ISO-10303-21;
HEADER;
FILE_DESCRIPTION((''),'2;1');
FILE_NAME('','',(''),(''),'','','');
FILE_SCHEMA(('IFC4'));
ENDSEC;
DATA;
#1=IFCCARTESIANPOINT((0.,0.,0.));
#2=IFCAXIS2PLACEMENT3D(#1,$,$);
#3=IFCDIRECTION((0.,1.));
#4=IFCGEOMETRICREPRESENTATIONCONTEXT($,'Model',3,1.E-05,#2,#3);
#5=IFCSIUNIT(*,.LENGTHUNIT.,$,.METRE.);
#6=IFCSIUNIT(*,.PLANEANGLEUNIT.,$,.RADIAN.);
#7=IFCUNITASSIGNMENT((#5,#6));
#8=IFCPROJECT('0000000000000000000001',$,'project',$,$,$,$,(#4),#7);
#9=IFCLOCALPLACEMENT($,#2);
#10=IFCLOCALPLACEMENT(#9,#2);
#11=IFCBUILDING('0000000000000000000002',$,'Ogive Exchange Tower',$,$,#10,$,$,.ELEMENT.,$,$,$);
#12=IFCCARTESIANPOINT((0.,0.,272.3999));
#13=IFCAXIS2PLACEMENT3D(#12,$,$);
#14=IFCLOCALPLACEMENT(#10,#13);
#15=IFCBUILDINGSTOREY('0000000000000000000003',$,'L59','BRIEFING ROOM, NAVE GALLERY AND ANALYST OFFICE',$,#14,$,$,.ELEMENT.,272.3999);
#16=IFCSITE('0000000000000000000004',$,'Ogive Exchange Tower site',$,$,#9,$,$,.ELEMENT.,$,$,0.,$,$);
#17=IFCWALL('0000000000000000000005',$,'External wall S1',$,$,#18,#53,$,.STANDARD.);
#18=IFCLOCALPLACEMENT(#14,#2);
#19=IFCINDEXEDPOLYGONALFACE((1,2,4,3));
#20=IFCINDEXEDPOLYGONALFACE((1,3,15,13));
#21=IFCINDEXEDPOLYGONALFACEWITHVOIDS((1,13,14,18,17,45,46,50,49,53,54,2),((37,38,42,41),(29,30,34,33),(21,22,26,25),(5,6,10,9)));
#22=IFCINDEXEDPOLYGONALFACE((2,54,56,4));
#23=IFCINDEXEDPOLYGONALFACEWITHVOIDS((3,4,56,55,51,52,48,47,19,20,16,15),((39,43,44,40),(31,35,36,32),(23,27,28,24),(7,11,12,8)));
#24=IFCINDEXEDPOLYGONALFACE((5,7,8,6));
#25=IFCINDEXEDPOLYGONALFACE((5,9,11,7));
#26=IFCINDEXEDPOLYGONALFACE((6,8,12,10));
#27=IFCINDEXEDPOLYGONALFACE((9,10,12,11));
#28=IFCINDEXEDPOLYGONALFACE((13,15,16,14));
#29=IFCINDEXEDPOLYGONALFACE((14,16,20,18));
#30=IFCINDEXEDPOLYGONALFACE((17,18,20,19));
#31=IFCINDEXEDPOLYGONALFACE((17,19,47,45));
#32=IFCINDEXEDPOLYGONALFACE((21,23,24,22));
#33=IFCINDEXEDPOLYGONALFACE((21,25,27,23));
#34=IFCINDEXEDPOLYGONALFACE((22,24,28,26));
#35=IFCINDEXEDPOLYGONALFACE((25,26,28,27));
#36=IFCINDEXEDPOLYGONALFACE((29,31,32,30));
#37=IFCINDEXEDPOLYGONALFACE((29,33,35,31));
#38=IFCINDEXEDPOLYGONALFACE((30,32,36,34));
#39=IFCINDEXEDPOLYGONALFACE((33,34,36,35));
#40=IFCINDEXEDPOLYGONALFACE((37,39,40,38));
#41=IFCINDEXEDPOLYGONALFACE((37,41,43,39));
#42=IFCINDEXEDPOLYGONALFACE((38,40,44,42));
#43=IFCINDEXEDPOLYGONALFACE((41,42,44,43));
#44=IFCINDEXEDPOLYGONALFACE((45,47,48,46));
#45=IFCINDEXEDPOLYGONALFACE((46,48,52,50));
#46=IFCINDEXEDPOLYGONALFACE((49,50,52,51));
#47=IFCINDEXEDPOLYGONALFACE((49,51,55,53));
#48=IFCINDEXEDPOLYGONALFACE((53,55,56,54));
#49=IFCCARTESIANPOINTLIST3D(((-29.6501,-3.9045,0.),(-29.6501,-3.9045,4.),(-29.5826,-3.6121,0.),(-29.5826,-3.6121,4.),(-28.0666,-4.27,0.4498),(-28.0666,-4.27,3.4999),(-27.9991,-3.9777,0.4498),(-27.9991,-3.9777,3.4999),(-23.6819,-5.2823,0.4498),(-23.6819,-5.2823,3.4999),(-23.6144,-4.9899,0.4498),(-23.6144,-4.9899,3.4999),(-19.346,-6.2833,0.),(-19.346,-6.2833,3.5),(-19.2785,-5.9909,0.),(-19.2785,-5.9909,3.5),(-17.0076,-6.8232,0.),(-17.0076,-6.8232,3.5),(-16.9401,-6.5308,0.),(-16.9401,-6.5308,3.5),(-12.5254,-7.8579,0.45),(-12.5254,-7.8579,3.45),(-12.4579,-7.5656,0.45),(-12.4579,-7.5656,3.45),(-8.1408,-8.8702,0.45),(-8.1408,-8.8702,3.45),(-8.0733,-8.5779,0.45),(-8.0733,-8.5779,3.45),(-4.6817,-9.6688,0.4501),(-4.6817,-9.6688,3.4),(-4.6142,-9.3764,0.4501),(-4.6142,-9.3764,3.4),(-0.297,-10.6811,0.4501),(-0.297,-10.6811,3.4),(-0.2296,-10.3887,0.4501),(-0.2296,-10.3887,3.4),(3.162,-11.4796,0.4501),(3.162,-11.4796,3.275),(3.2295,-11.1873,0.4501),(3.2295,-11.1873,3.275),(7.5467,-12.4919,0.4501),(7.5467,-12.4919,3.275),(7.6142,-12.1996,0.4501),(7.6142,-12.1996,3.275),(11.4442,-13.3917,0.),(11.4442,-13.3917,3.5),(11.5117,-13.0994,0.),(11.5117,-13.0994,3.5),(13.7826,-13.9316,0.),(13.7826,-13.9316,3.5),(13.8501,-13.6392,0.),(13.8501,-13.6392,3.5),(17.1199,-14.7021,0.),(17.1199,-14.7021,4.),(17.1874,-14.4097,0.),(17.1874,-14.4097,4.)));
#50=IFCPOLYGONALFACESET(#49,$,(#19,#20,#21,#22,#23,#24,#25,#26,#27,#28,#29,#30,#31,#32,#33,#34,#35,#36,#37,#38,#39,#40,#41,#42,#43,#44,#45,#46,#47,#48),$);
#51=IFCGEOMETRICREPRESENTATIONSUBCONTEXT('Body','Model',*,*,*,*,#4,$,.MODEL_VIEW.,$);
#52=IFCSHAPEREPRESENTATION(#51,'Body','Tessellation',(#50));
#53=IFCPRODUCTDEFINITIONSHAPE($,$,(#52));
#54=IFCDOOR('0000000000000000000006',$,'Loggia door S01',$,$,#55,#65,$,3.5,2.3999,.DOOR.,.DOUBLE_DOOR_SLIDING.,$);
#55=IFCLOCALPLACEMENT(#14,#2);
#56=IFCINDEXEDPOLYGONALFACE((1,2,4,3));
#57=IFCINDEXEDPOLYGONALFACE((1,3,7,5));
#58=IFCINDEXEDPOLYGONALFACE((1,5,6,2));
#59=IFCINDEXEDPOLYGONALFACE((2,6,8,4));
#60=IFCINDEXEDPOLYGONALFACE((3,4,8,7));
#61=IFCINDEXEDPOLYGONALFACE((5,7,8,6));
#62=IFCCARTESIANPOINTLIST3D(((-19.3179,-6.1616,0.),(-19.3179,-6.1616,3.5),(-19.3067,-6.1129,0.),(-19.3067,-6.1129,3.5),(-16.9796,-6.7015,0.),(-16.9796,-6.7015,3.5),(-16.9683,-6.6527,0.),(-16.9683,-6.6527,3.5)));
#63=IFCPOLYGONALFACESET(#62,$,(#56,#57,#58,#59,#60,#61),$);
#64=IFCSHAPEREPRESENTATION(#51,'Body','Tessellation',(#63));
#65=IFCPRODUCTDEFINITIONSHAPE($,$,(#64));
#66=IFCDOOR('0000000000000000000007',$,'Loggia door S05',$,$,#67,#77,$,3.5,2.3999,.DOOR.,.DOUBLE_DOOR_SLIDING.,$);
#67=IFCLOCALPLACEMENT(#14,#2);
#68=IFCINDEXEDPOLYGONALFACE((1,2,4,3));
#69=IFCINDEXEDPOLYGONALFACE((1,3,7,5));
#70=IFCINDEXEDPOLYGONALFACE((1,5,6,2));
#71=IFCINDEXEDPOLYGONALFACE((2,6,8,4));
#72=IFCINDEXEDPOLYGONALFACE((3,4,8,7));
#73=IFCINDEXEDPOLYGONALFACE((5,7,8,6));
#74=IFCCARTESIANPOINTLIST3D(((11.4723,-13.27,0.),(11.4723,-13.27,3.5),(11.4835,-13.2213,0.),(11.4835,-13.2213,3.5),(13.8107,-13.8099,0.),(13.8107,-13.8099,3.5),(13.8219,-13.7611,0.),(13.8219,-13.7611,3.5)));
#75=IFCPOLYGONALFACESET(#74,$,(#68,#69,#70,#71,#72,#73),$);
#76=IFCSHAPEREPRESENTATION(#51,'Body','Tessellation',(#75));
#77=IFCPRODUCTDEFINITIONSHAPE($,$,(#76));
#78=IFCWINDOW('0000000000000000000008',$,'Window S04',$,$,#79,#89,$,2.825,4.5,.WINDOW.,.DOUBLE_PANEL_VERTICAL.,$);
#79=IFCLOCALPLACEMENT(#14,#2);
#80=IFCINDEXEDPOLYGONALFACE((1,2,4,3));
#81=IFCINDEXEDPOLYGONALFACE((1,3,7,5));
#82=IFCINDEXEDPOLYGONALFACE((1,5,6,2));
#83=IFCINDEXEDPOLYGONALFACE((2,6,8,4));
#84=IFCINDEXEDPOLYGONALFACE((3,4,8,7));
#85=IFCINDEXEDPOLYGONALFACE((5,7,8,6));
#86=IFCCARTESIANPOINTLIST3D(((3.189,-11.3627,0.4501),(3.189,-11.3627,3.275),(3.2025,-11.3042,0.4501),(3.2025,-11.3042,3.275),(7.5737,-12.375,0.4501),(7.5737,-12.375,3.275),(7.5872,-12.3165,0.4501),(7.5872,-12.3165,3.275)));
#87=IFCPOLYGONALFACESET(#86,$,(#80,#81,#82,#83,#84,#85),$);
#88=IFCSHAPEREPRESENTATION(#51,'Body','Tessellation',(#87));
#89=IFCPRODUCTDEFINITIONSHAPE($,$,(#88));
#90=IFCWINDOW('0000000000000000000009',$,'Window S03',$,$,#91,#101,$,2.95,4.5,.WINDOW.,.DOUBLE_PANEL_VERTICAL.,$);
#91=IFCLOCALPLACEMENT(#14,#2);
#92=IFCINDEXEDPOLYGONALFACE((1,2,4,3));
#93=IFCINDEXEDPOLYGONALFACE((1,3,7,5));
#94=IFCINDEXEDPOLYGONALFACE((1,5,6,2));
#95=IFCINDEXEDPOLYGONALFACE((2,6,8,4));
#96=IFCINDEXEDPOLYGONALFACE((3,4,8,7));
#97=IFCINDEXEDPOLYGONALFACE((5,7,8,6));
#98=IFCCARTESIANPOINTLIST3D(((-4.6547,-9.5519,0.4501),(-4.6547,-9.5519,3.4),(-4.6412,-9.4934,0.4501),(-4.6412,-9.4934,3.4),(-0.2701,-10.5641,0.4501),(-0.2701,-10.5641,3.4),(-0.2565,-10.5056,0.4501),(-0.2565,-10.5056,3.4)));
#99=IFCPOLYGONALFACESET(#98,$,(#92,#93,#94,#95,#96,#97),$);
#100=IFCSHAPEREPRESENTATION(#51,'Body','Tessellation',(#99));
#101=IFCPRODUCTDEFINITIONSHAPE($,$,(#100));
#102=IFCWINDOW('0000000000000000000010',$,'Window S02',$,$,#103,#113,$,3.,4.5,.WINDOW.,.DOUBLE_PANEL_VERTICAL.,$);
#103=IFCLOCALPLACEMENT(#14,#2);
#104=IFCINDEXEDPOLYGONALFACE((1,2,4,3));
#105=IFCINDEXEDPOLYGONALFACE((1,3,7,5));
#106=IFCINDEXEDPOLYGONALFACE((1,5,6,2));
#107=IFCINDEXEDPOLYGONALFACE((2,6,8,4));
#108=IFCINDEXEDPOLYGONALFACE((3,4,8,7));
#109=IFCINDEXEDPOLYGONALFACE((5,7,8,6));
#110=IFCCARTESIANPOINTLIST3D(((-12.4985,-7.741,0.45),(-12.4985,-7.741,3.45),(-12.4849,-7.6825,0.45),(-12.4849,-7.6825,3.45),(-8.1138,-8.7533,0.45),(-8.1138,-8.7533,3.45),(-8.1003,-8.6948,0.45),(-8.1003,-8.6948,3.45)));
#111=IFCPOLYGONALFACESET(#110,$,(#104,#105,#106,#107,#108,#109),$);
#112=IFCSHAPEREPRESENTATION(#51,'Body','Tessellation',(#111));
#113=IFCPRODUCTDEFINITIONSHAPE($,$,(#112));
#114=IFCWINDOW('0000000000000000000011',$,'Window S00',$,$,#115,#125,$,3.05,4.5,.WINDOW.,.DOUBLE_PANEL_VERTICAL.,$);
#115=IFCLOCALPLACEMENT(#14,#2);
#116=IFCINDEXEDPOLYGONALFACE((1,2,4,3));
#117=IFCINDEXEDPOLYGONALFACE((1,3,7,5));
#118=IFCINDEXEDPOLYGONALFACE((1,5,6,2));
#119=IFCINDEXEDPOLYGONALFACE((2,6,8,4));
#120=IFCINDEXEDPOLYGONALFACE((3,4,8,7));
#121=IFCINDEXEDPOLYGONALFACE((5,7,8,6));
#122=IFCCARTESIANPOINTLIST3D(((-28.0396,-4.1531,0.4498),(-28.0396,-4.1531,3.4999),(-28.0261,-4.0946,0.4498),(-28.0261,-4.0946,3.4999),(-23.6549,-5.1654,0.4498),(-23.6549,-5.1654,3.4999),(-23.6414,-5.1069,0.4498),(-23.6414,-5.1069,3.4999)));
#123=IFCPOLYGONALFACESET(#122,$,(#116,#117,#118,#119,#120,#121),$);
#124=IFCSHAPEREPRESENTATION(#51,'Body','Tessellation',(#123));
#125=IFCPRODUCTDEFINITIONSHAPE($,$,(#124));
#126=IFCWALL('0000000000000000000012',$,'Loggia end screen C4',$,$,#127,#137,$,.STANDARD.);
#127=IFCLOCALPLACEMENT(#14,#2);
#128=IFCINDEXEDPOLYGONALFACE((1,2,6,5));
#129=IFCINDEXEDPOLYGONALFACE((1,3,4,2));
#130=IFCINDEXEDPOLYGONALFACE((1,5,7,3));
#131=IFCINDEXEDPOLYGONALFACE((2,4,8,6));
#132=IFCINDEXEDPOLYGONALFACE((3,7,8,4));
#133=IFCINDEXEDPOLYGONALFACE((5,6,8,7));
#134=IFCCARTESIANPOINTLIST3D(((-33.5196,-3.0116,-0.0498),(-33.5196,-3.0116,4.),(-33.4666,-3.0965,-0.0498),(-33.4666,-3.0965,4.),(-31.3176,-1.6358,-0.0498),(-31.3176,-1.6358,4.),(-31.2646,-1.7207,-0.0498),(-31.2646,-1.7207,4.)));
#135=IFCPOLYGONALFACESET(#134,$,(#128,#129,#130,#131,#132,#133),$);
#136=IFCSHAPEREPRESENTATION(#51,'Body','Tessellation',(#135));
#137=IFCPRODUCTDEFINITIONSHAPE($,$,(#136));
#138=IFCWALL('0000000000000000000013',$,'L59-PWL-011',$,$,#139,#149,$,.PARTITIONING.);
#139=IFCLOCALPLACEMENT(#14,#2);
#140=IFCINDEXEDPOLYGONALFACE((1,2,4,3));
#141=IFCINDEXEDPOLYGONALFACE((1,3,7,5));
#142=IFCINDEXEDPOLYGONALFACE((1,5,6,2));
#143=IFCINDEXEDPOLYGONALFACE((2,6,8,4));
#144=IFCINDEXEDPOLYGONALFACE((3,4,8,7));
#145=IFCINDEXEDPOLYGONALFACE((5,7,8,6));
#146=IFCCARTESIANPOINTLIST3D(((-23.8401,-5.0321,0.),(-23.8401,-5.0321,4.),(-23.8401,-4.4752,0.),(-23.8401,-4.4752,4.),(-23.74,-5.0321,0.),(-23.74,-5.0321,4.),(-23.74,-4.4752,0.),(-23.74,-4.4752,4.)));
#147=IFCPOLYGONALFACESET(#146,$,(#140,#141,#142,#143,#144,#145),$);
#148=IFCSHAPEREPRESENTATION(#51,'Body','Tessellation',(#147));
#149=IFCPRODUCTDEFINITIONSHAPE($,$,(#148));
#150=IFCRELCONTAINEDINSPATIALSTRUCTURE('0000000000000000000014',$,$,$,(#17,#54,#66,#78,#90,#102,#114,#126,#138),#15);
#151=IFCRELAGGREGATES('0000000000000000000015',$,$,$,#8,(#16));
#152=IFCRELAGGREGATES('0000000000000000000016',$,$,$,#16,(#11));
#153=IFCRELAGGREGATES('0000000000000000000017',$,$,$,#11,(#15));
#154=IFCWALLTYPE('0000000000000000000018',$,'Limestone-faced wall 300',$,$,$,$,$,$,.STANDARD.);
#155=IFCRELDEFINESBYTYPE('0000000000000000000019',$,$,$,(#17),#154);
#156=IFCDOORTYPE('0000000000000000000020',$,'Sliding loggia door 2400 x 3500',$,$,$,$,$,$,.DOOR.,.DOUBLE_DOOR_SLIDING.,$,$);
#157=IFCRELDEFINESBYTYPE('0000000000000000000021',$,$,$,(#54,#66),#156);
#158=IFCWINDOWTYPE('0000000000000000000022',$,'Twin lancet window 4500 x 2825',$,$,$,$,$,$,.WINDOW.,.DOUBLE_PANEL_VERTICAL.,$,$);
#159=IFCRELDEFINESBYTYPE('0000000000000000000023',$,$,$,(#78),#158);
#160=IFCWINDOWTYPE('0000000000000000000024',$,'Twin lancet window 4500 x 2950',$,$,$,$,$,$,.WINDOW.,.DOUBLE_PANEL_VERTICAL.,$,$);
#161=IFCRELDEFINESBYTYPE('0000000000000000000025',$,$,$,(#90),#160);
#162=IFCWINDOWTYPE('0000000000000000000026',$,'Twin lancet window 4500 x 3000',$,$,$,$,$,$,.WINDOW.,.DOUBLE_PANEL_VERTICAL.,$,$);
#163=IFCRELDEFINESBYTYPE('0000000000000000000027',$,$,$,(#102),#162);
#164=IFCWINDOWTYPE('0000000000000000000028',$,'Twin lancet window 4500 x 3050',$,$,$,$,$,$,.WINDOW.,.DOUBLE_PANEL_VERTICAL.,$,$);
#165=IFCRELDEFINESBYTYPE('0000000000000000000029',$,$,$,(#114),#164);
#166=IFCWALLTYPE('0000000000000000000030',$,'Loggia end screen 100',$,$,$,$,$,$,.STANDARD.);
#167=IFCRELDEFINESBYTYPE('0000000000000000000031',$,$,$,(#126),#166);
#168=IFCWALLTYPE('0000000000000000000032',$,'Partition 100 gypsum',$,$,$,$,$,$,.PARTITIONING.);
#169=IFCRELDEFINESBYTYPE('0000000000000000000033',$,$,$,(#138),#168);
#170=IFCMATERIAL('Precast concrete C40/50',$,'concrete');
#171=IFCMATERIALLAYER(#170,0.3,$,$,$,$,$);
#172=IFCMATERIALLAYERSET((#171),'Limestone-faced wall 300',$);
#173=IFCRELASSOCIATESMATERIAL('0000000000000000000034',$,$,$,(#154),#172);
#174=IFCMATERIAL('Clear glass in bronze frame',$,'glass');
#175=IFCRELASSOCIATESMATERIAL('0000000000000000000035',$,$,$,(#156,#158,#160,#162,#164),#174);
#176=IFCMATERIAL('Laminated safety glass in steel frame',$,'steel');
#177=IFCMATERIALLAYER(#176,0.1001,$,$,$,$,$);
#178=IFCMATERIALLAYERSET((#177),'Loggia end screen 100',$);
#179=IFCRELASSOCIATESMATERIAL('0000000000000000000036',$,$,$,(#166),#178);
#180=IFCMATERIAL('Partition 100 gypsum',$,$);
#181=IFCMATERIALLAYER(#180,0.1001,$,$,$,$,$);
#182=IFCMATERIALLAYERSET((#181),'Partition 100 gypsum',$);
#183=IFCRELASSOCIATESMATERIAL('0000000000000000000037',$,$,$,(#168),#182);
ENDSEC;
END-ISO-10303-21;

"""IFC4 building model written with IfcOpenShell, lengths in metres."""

from ifc_helpers import new_model, si_unit, direction, frame, frame_2d, origin, place, context, subcontext, project, spatial, rectangle, extrude, material, layer, layer_set, type_object, element, fill, save


model = new_model("IFC4")

# Units and contexts
model_context = context("Model", 3, precision=1e-05, world=origin(), true_north=direction((0.0, 1.0)))
body_context = subcontext(model_context, "Body", "Model", "MODEL_VIEW")
ifc_project = project(units=[si_unit("LENGTHUNIT", "METRE"), si_unit("PLANEANGLEUNIT", "RADIAN")], contexts=[model_context])

# Site, building, storey
site_placement = place(None, origin())
site = spatial("IfcSite", under=ifc_project, at=site_placement, Name="Ogive Exchange Tower site", CompositionType="ELEMENT", RefElevation=0.0)
building_placement = place(site_placement, origin())
building = spatial("IfcBuilding", under=site, at=building_placement, Name="Ogive Exchange Tower", CompositionType="ELEMENT")
storey_placement = place(building_placement, frame((0.0, 0.0, 272.3999)))
storey = spatial("IfcBuildingStorey", under=building, at=storey_placement, Name="L59", Description="BRIEFING ROOM, NAVE GALLERY AND ANALYST OFFICE", CompositionType="ELEMENT", Elevation=272.3999)

# Wall, openings, doors, windows
ifc_material_1 = material(Name="Precast concrete C40/50", Category="concrete")
ifc_layer_1 = layer(ifc_material_1, 0.3)
ifc_layer_set_1 = layer_set([ifc_layer_1], Name="Limestone-faced wall 300")
wall_type_1 = type_object("IfcWallType", Name="Limestone-faced wall 300", PredefinedType="STANDARD", material=ifc_layer_set_1)
wall_1_placement = place(storey_placement, frame((-29.6162, -3.7583, 0.0), z_axis=(0.0, 0.0, 1.0), x_axis=(0.974371, -0.224949, 0.0)))
wall_1 = element("IfcWall", 1, at=wall_1_placement, inside=storey, type_object=wall_type_1, Name="External wall S1", PredefinedType="STANDARD", context=body_context, shape_type="SweptSolid", body=[
    extrude(rectangle(XDim=48.0002, YDim=0.3, at=frame_2d((24.0, 0.0))), origin(), (0.0, 0.0, 1.0), 4.0),
])
opening_1_placement = place(wall_1_placement, frame((1.625, 0.0, 0.45)))
opening_1 = element("IfcOpeningElement", 2, at=opening_1_placement, cuts=wall_1, PredefinedType="OPENING", context=body_context, shape_type="SweptSolid", body=[
    extrude(rectangle(XDim=4.5, YDim=3.05, at=frame_2d((2.25, 1.5249))), frame((0.0, 0.1599, 0.0), z_axis=(0.0, -1.0, 0.0), x_axis=(1.0, 0.0, 0.0)), (0.0, 0.0, 1.0), 0.3201),
])
opening_2_placement = place(wall_1_placement, frame((10.575, 0.0, 0.0)))
opening_2 = element("IfcOpeningElement", 3, at=opening_2_placement, cuts=wall_1, PredefinedType="OPENING", context=body_context, shape_type="SweptSolid", body=[
    extrude(rectangle(XDim=2.3999, YDim=3.5, at=frame_2d((1.2, 1.75))), frame((0.0, 0.1599, 0.0), z_axis=(0.0, -1.0, 0.0), x_axis=(1.0, 0.0, 0.0)), (0.0, 0.0, 1.0), 0.3201),
])
opening_3_placement = place(wall_1_placement, frame((17.575, 0.0, 0.45)))
opening_3 = element("IfcOpeningElement", 4, at=opening_3_placement, cuts=wall_1, PredefinedType="OPENING", context=body_context, shape_type="SweptSolid", body=[
    extrude(rectangle(XDim=4.5, YDim=3.0, at=frame_2d((2.25, 1.5))), frame((0.0, 0.1599, 0.0), z_axis=(0.0, -1.0, 0.0), x_axis=(1.0, 0.0, 0.0)), (0.0, 0.0, 1.0), 0.3201),
])
opening_4_placement = place(wall_1_placement, frame((25.625, 0.0, 0.45)))
opening_4 = element("IfcOpeningElement", 5, at=opening_4_placement, cuts=wall_1, PredefinedType="OPENING", context=body_context, shape_type="SweptSolid", body=[
    extrude(rectangle(XDim=4.5, YDim=2.95, at=frame_2d((2.25, 1.4751))), frame((0.0, 0.1599, 0.0), z_axis=(0.0, -1.0, 0.0), x_axis=(1.0, 0.0, 0.0)), (0.0, 0.0, 1.0), 0.3201),
])
opening_5_placement = place(wall_1_placement, frame((33.675, 0.0, 0.45)))
opening_5 = element("IfcOpeningElement", 6, at=opening_5_placement, cuts=wall_1, PredefinedType="OPENING", context=body_context, shape_type="SweptSolid", body=[
    extrude(rectangle(XDim=4.5, YDim=2.825, at=frame_2d((2.25, 1.4126))), frame((0.0, 0.1599, 0.0), z_axis=(0.0, -1.0, 0.0), x_axis=(1.0, 0.0, 0.0)), (0.0, 0.0, 1.0), 0.3201),
])
opening_6_placement = place(wall_1_placement, frame((42.175, 0.0, 0.0)))
opening_6 = element("IfcOpeningElement", 7, at=opening_6_placement, cuts=wall_1, PredefinedType="OPENING", context=body_context, shape_type="SweptSolid", body=[
    extrude(rectangle(XDim=2.3999, YDim=3.5, at=frame_2d((1.2, 1.75))), frame((0.0, 0.1599, 0.0), z_axis=(0.0, -1.0, 0.0), x_axis=(1.0, 0.0, 0.0)), (0.0, 0.0, 1.0), 0.3201),
])
ifc_material_2 = material(Name="Clear glass in bronze frame", Category="glass")
door_type_1 = type_object("IfcDoorType", Name="Sliding loggia door 2400 x 3500", OperationType="DOUBLE_DOOR_SLIDING", PredefinedType="DOOR", material=ifc_material_2)
door_1_placement = place(opening_2_placement, origin())
door_1 = element("IfcDoor", 8, at=door_1_placement, inside=storey, type_object=door_type_1, Name="Loggia door S01", OperationType="DOUBLE_DOOR_SLIDING", OverallHeight=3.5, OverallWidth=2.3999, PredefinedType="DOOR", context=body_context, shape_type="SweptSolid", body=[
    extrude(rectangle(XDim=2.3999, YDim=3.5, at=frame_2d((1.2, 1.75))), frame((0.0, 0.0249, 0.0), z_axis=(0.0, -1.0, 0.0), x_axis=(1.0, 0.0, 0.0)), (0.0, 0.0, 1.0), 0.05),
])
fill(opening_2, door_1)
door_2_placement = place(opening_6_placement, origin())
door_2 = element("IfcDoor", 9, at=door_2_placement, inside=storey, type_object=door_type_1, Name="Loggia door S05", OperationType="DOUBLE_DOOR_SLIDING", OverallHeight=3.5, OverallWidth=2.3999, PredefinedType="DOOR", context=body_context, shape_type="SweptSolid", body=[
    extrude(rectangle(XDim=2.3999, YDim=3.5, at=frame_2d((1.2, 1.75))), frame((0.0, 0.0249, 0.0), z_axis=(0.0, -1.0, 0.0), x_axis=(1.0, 0.0, 0.0)), (0.0, 0.0, 1.0), 0.05),
])
fill(opening_6, door_2)
window_type_1 = type_object("IfcWindowType", Name="Twin lancet window 4500 x 2825", PartitioningType="DOUBLE_PANEL_VERTICAL", PredefinedType="WINDOW", material=ifc_material_2)
window_1_placement = place(opening_5_placement, origin())
window_1 = element("IfcWindow", 10, at=window_1_placement, inside=storey, type_object=window_type_1, Name="Window S04", OverallHeight=2.825, OverallWidth=4.5, PartitioningType="DOUBLE_PANEL_VERTICAL", PredefinedType="WINDOW", context=body_context, shape_type="SweptSolid", body=[
    extrude(rectangle(XDim=4.5, YDim=2.825, at=frame_2d((2.25, 1.4126))), frame((0.0, 0.03, 0.0), z_axis=(0.0, -1.0, 0.0), x_axis=(1.0, 0.0, 0.0)), (0.0, 0.0, 1.0), 0.0601),
])
fill(opening_5, window_1)
window_type_2 = type_object("IfcWindowType", Name="Twin lancet window 4500 x 2950", PartitioningType="DOUBLE_PANEL_VERTICAL", PredefinedType="WINDOW", material=ifc_material_2)
window_2_placement = place(opening_4_placement, origin())
window_2 = element("IfcWindow", 11, at=window_2_placement, inside=storey, type_object=window_type_2, Name="Window S03", OverallHeight=2.95, OverallWidth=4.5, PartitioningType="DOUBLE_PANEL_VERTICAL", PredefinedType="WINDOW", context=body_context, shape_type="SweptSolid", body=[
    extrude(rectangle(XDim=4.5, YDim=2.95, at=frame_2d((2.25, 1.4751))), frame((0.0, 0.03, 0.0), z_axis=(0.0, -1.0, 0.0), x_axis=(1.0, 0.0, 0.0)), (0.0, 0.0, 1.0), 0.0601),
])
fill(opening_4, window_2)
window_type_3 = type_object("IfcWindowType", Name="Twin lancet window 4500 x 3000", PartitioningType="DOUBLE_PANEL_VERTICAL", PredefinedType="WINDOW", material=ifc_material_2)
window_3_placement = place(opening_3_placement, origin())
window_3 = element("IfcWindow", 12, at=window_3_placement, inside=storey, type_object=window_type_3, Name="Window S02", OverallHeight=3.0, OverallWidth=4.5, PartitioningType="DOUBLE_PANEL_VERTICAL", PredefinedType="WINDOW", context=body_context, shape_type="SweptSolid", body=[
    extrude(rectangle(XDim=4.5, YDim=3.0, at=frame_2d((2.25, 1.5))), frame((0.0, 0.03, 0.0), z_axis=(0.0, -1.0, 0.0), x_axis=(1.0, 0.0, 0.0)), (0.0, 0.0, 1.0), 0.0601),
])
fill(opening_3, window_3)
window_type_4 = type_object("IfcWindowType", Name="Twin lancet window 4500 x 3050", PartitioningType="DOUBLE_PANEL_VERTICAL", PredefinedType="WINDOW", material=ifc_material_2)
window_4_placement = place(opening_1_placement, origin())
window_4 = element("IfcWindow", 13, at=window_4_placement, inside=storey, type_object=window_type_4, Name="Window S00", OverallHeight=3.05, OverallWidth=4.5, PartitioningType="DOUBLE_PANEL_VERTICAL", PredefinedType="WINDOW", context=body_context, shape_type="SweptSolid", body=[
    extrude(rectangle(XDim=4.5, YDim=3.05, at=frame_2d((2.25, 1.5249))), frame((0.0, 0.03, 0.0), z_axis=(0.0, -1.0, 0.0), x_axis=(1.0, 0.0, 0.0)), (0.0, 0.0, 1.0), 0.0601),
])
fill(opening_1, window_4)

# Walls
ifc_material_3 = material(Name="Laminated safety glass in steel frame", Category="steel")
ifc_layer_2 = layer(ifc_material_3, 0.1001)
ifc_layer_set_2 = layer_set([ifc_layer_2], Name="Loggia end screen 100")
wall_type_2 = type_object("IfcWallType", Name="Loggia end screen 100", PredefinedType="STANDARD", material=ifc_layer_set_2)
wall_2_placement = place(storey_placement, frame((-31.291, -1.6782, -0.0498), z_axis=(0.0, 0.0, 1.0), x_axis=(-0.848078, -0.529872, 0.0)))
element("IfcWall", 14, at=wall_2_placement, inside=storey, type_object=wall_type_2, Name="Loggia end screen C4", PredefinedType="STANDARD", context=body_context, shape_type="SweptSolid", body=[
    extrude(rectangle(XDim=2.5964, YDim=0.1001, at=frame_2d((1.2983, 0.0))), origin(), (0.0, 0.0, 1.0), 4.0498),
])
ifc_material_4 = material(Name="Partition 100 gypsum")
ifc_layer_3 = layer(ifc_material_4, 0.1001)
ifc_layer_set_3 = layer_set([ifc_layer_3], Name="Partition 100 gypsum")
wall_type_3 = type_object("IfcWallType", Name="Partition 100 gypsum", PredefinedType="PARTITIONING", material=ifc_layer_set_3)
wall_3_placement = place(storey_placement, frame((-23.79, -5.032, 0.0), z_axis=(0.0, 0.0, 1.0), x_axis=(0.0, 1.0, 0.0)))
element("IfcWall", 15, at=wall_3_placement, inside=storey, type_object=wall_type_3, Name="L59-PWL-011", PredefinedType="PARTITIONING", context=body_context, shape_type="SweptSolid", body=[
    extrude(rectangle(XDim=0.5569, YDim=0.1001, at=frame_2d((0.2783, 0.0))), origin(), (0.0, 0.0, 1.0), 4.0),
])

save(model, "model.ifc")
